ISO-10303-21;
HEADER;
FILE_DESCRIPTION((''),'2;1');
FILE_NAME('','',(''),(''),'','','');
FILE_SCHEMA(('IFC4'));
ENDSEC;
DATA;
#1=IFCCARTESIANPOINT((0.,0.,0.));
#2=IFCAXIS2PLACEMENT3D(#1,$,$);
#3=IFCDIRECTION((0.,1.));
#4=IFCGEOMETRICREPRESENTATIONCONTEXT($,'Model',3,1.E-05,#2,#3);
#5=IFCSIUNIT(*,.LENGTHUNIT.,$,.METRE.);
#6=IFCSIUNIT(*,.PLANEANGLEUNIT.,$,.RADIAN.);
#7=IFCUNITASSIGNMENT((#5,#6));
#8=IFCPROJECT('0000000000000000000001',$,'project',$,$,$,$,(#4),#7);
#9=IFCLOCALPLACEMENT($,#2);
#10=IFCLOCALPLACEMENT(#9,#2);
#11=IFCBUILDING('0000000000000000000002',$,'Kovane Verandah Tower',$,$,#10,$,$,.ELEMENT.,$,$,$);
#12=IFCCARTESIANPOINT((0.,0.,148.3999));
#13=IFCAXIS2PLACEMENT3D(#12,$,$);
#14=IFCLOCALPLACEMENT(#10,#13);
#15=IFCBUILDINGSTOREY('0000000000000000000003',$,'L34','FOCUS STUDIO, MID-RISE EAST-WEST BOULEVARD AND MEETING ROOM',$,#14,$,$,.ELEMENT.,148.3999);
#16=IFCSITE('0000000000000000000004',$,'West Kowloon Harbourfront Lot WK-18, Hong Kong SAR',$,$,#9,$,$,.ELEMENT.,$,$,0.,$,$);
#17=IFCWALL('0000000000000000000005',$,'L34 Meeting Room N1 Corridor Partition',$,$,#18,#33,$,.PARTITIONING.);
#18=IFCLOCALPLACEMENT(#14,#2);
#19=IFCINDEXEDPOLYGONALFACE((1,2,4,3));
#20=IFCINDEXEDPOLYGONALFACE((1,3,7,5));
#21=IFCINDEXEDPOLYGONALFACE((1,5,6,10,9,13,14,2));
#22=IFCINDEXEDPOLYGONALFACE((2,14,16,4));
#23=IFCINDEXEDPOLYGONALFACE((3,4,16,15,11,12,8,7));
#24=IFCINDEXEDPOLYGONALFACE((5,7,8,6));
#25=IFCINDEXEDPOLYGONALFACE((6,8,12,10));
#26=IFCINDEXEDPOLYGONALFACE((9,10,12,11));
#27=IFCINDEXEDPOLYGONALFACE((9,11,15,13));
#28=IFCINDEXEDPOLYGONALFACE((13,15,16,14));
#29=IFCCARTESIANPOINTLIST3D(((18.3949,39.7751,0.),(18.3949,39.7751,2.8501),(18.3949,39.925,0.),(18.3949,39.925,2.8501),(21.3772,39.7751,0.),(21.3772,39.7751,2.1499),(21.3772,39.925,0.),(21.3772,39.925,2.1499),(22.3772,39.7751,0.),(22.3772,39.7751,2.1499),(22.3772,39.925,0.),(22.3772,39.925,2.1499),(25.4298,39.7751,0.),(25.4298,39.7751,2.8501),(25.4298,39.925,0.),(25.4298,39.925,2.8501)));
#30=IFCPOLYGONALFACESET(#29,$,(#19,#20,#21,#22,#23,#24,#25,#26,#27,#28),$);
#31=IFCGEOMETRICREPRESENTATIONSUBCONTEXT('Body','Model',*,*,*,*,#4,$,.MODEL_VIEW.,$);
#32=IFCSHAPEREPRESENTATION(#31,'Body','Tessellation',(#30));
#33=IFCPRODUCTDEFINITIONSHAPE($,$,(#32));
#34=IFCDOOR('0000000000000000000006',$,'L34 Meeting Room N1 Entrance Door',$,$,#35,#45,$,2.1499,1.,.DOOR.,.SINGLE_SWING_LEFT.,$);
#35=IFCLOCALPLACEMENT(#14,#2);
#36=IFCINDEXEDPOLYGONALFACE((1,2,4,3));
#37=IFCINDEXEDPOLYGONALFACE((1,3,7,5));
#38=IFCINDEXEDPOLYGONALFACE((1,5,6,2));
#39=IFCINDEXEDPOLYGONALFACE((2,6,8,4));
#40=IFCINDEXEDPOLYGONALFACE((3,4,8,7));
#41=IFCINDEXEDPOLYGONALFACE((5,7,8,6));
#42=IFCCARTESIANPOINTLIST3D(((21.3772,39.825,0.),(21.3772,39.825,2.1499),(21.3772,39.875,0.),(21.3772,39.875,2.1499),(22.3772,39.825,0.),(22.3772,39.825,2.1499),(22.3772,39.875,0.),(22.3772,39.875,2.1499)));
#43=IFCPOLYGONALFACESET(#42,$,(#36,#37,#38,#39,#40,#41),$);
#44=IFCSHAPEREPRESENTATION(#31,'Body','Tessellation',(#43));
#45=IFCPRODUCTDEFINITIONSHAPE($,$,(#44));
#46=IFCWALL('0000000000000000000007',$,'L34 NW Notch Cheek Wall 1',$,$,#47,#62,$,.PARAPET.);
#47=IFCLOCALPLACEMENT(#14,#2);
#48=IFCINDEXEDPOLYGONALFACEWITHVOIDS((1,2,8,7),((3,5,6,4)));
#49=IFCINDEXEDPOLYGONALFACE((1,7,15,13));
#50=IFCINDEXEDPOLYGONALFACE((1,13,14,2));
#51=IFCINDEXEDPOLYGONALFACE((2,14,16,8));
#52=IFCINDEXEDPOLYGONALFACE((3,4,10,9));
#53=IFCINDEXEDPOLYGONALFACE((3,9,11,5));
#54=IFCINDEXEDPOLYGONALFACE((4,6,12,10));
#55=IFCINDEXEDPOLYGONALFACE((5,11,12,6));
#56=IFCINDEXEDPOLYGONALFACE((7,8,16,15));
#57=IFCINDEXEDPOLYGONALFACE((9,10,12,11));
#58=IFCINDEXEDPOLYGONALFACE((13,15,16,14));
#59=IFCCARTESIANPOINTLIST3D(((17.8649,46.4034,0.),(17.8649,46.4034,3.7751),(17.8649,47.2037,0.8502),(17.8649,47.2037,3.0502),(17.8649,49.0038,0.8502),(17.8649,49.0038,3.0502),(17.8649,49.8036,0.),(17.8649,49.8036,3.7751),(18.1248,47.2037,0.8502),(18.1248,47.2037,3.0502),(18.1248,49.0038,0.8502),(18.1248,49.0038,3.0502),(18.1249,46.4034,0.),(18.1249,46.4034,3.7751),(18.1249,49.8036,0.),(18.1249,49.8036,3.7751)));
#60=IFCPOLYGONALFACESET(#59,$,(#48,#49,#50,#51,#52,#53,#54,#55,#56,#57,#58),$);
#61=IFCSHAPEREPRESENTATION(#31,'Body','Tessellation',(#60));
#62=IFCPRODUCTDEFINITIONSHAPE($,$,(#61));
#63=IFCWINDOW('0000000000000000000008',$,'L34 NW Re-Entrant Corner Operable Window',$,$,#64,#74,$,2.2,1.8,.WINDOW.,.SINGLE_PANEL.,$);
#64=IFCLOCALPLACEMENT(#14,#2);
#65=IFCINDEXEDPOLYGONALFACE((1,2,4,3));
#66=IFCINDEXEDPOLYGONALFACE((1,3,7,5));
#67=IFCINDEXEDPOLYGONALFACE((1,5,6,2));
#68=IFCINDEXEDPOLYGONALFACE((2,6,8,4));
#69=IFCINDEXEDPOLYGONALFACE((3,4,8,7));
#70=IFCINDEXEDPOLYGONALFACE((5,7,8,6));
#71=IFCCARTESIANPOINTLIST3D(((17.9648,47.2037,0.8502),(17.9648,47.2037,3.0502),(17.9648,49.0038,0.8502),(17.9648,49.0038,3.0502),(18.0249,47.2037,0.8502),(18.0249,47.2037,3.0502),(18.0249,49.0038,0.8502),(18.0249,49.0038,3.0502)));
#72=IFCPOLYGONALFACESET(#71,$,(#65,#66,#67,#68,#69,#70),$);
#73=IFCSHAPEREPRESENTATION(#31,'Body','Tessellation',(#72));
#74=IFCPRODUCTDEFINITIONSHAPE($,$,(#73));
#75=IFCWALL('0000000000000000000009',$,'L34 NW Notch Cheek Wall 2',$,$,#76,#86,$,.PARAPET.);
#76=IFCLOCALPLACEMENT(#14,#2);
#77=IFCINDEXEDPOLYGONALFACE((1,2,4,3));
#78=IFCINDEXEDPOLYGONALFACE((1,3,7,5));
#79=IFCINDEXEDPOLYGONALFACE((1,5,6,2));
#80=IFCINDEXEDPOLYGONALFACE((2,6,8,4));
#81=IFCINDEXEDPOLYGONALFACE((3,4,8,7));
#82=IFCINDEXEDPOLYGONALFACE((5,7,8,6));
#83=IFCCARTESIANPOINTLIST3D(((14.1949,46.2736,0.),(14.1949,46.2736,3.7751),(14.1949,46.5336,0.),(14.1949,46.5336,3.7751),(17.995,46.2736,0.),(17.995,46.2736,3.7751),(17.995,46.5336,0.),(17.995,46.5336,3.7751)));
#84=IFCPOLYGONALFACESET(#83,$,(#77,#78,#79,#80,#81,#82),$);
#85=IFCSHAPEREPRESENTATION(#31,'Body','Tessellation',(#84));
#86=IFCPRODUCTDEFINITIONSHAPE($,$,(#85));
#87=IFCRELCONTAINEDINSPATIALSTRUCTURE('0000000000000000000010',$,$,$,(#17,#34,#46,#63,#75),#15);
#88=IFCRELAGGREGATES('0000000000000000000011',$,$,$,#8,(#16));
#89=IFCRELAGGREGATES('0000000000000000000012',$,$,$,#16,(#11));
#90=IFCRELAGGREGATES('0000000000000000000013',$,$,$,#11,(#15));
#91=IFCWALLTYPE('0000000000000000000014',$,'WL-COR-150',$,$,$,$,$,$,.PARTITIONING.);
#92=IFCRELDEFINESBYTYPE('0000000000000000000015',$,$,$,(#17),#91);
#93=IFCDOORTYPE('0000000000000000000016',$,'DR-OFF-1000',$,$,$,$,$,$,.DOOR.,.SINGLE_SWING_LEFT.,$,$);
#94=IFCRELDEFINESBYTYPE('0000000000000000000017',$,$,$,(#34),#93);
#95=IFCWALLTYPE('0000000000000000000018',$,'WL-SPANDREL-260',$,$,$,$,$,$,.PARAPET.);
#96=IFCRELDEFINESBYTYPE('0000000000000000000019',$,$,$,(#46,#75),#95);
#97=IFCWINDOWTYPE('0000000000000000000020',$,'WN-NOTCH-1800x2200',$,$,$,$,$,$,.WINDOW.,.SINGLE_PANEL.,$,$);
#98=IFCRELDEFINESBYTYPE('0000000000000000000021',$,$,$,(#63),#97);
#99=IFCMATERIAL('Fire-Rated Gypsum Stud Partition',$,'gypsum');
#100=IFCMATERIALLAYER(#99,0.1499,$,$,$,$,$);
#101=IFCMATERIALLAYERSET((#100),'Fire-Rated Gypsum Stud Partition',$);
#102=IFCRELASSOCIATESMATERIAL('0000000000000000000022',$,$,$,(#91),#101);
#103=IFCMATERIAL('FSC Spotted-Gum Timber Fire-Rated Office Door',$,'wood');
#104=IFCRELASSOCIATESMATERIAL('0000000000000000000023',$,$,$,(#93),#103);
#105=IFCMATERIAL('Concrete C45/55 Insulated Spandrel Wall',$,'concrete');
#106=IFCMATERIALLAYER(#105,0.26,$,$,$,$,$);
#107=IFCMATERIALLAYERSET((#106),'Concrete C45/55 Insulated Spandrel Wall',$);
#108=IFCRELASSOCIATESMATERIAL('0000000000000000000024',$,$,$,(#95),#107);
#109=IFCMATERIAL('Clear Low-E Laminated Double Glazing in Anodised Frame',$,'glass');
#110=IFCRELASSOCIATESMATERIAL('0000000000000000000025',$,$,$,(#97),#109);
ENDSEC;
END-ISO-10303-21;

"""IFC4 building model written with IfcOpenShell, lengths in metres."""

from ifc_helpers import new_model, si_unit, direction, frame, frame_2d, origin, place, context, subcontext, project, spatial, rectangle, extrude, material, layer, layer_set, type_object, element, fill, save


model = new_model("IFC4")

# Units and contexts
model_context = context("Model", 3, precision=1e-05, world=origin(), true_north=direction((0.0, 1.0)))
body_context = subcontext(model_context, "Body", "Model", "MODEL_VIEW")
ifc_project = project(units=[si_unit("LENGTHUNIT", "METRE"), si_unit("PLANEANGLEUNIT", "RADIAN")], contexts=[model_context])

# Site, building, storey
site_placement = place(None, origin())
site = spatial("IfcSite", under=ifc_project, at=site_placement, Name="West Kowloon Harbourfront Lot WK-18, Hong Kong SAR", CompositionType="ELEMENT", RefElevation=0.0)
building_placement = place(site_placement, origin())
building = spatial("IfcBuilding", under=site, at=building_placement, Name="Kovane Verandah Tower", CompositionType="ELEMENT")
storey_placement = place(building_placement, frame((0.0, 0.0, 148.3999)))
storey = spatial("IfcBuildingStorey", under=building, at=storey_placement, Name="L34", Description="FOCUS STUDIO, MID-RISE EAST-WEST BOULEVARD AND MEETING ROOM", CompositionType="ELEMENT", Elevation=148.3999)

# Wall, opening, door
ifc_material_1 = material(Name="Fire-Rated Gypsum Stud Partition", Category="gypsum")
ifc_layer_1 = layer(ifc_material_1, 0.1499)
ifc_layer_set_1 = layer_set([ifc_layer_1], Name="Fire-Rated Gypsum Stud Partition")
wall_type_1 = type_object("IfcWallType", Name="WL-COR-150", PredefinedType="PARTITIONING", material=ifc_layer_set_1)
wall_1_placement = place(storey_placement, frame((18.3948, 39.8501, 0.0), z_axis=(0.0, 0.0, 1.0), x_axis=(1.0, 0.0, 0.0)))
wall_1 = element("IfcWall", 1, at=wall_1_placement, inside=storey, type_object=wall_type_1, Name="L34 Meeting Room N1 Corridor Partition", PredefinedType="PARTITIONING", context=body_context, shape_type="SweptSolid", body=[
    extrude(rectangle(XDim=7.0349, YDim=0.1499, at=frame_2d((3.5176, 0.0))), origin(), (0.0, 0.0, 1.0), 2.8501),
])
opening_1_placement = place(wall_1_placement, frame((2.9824, 0.0, 0.0)))
opening_1 = element("IfcOpeningElement", 2, at=opening_1_placement, cuts=wall_1, PredefinedType="OPENING", context=body_context, shape_type="SweptSolid", body=[
    extrude(rectangle(XDim=1.0, YDim=2.1499, at=frame_2d((0.5, 1.075))), frame((0.0, 0.075, 0.0), z_axis=(0.0, -1.0, 0.0), x_axis=(1.0, 0.0, 0.0)), (0.0, 0.0, 1.0), 0.1499),
])
ifc_material_2 = material(Name="FSC Spotted-Gum Timber Fire-Rated Office Door", Category="wood")
door_type = type_object("IfcDoorType", Name="DR-OFF-1000", OperationType="SINGLE_SWING_LEFT", PredefinedType="DOOR", material=ifc_material_2)
door_placement = place(opening_1_placement, origin())
door = element("IfcDoor", 3, at=door_placement, inside=storey, type_object=door_type, Name="L34 Meeting Room N1 Entrance Door", OperationType="SINGLE_SWING_LEFT", OverallHeight=2.1499, OverallWidth=1.0, PredefinedType="DOOR", context=body_context, shape_type="SweptSolid", body=[
    extrude(rectangle(XDim=1.0, YDim=2.1499, at=frame_2d((0.5, 1.075))), frame((0.0, 0.0249, 0.0), z_axis=(0.0, -1.0, 0.0), x_axis=(1.0, 0.0, 0.0)), (0.0, 0.0, 1.0), 0.05),
])
fill(opening_1, door)

# Wall, opening, window
ifc_material_3 = material(Name="Concrete C45/55 Insulated Spandrel Wall", Category="concrete")
ifc_layer_2 = layer(ifc_material_3, 0.26)
ifc_layer_set_2 = layer_set([ifc_layer_2], Name="Concrete C45/55 Insulated Spandrel Wall")
wall_type_2 = type_object("IfcWallType", Name="WL-SPANDREL-260", PredefinedType="PARAPET", material=ifc_layer_set_2)
wall_2_placement = place(storey_placement, frame((17.9949, 49.8037, 0.0), z_axis=(0.0, 0.0, 1.0), x_axis=(0.0, -1.0, 0.0)))
wall_2 = element("IfcWall", 4, at=wall_2_placement, inside=storey, type_object=wall_type_2, Name="L34 NW Notch Cheek Wall 1", PredefinedType="PARAPET", context=body_context, shape_type="SweptSolid", body=[
    extrude(rectangle(XDim=3.4001, YDim=0.26, at=frame_2d((1.7002, 0.0))), origin(), (0.0, 0.0, 1.0), 3.7751),
])
opening_2_placement = place(wall_2_placement, frame((0.8, 0.0, 0.8501)))
opening_2 = element("IfcOpeningElement", 5, at=opening_2_placement, cuts=wall_2, PredefinedType="OPENING", context=body_context, shape_type="SweptSolid", body=[
    extrude(rectangle(XDim=1.8, YDim=2.2, at=frame_2d((0.8999, 1.1001))), frame((0.0, 0.1299, 0.0), z_axis=(0.0, -1.0, 0.0), x_axis=(1.0, 0.0, 0.0)), (0.0, 0.0, 1.0), 0.26),
])
ifc_material_4 = material(Name="Clear Low-E Laminated Double Glazing in Anodised Frame", Category="glass")
window_type = type_object("IfcWindowType", Name="WN-NOTCH-1800x2200", PartitioningType="SINGLE_PANEL", PredefinedType="WINDOW", material=ifc_material_4)
window_placement = place(opening_2_placement, origin())
window = element("IfcWindow", 6, at=window_placement, inside=storey, type_object=window_type, Name="L34 NW Re-Entrant Corner Operable Window", OverallHeight=2.2, OverallWidth=1.8, PartitioningType="SINGLE_PANEL", PredefinedType="WINDOW", context=body_context, shape_type="SweptSolid", body=[
    extrude(rectangle(XDim=1.8, YDim=2.2, at=frame_2d((0.8999, 1.1001))), frame((0.0, 0.03, 0.0), z_axis=(0.0, -1.0, 0.0), x_axis=(1.0, 0.0, 0.0)), (0.0, 0.0, 1.0), 0.0601),
])
fill(opening_2, window)

# Wall
wall_3_placement = place(storey_placement, frame((17.9949, 46.4036, 0.0), z_axis=(0.0, 0.0, 1.0), x_axis=(-1.0, 0.0, 0.0)))
element("IfcWall", 7, at=wall_3_placement, inside=storey, type_object=wall_type_2, Name="L34 NW Notch Cheek Wall 2", PredefinedType="PARAPET", context=body_context, shape_type="SweptSolid", body=[
    extrude(rectangle(XDim=3.8, YDim=0.26, at=frame_2d((1.8999, 0.0))), origin(), (0.0, 0.0, 1.0), 3.7751),
])

save(model, "model.ifc")
